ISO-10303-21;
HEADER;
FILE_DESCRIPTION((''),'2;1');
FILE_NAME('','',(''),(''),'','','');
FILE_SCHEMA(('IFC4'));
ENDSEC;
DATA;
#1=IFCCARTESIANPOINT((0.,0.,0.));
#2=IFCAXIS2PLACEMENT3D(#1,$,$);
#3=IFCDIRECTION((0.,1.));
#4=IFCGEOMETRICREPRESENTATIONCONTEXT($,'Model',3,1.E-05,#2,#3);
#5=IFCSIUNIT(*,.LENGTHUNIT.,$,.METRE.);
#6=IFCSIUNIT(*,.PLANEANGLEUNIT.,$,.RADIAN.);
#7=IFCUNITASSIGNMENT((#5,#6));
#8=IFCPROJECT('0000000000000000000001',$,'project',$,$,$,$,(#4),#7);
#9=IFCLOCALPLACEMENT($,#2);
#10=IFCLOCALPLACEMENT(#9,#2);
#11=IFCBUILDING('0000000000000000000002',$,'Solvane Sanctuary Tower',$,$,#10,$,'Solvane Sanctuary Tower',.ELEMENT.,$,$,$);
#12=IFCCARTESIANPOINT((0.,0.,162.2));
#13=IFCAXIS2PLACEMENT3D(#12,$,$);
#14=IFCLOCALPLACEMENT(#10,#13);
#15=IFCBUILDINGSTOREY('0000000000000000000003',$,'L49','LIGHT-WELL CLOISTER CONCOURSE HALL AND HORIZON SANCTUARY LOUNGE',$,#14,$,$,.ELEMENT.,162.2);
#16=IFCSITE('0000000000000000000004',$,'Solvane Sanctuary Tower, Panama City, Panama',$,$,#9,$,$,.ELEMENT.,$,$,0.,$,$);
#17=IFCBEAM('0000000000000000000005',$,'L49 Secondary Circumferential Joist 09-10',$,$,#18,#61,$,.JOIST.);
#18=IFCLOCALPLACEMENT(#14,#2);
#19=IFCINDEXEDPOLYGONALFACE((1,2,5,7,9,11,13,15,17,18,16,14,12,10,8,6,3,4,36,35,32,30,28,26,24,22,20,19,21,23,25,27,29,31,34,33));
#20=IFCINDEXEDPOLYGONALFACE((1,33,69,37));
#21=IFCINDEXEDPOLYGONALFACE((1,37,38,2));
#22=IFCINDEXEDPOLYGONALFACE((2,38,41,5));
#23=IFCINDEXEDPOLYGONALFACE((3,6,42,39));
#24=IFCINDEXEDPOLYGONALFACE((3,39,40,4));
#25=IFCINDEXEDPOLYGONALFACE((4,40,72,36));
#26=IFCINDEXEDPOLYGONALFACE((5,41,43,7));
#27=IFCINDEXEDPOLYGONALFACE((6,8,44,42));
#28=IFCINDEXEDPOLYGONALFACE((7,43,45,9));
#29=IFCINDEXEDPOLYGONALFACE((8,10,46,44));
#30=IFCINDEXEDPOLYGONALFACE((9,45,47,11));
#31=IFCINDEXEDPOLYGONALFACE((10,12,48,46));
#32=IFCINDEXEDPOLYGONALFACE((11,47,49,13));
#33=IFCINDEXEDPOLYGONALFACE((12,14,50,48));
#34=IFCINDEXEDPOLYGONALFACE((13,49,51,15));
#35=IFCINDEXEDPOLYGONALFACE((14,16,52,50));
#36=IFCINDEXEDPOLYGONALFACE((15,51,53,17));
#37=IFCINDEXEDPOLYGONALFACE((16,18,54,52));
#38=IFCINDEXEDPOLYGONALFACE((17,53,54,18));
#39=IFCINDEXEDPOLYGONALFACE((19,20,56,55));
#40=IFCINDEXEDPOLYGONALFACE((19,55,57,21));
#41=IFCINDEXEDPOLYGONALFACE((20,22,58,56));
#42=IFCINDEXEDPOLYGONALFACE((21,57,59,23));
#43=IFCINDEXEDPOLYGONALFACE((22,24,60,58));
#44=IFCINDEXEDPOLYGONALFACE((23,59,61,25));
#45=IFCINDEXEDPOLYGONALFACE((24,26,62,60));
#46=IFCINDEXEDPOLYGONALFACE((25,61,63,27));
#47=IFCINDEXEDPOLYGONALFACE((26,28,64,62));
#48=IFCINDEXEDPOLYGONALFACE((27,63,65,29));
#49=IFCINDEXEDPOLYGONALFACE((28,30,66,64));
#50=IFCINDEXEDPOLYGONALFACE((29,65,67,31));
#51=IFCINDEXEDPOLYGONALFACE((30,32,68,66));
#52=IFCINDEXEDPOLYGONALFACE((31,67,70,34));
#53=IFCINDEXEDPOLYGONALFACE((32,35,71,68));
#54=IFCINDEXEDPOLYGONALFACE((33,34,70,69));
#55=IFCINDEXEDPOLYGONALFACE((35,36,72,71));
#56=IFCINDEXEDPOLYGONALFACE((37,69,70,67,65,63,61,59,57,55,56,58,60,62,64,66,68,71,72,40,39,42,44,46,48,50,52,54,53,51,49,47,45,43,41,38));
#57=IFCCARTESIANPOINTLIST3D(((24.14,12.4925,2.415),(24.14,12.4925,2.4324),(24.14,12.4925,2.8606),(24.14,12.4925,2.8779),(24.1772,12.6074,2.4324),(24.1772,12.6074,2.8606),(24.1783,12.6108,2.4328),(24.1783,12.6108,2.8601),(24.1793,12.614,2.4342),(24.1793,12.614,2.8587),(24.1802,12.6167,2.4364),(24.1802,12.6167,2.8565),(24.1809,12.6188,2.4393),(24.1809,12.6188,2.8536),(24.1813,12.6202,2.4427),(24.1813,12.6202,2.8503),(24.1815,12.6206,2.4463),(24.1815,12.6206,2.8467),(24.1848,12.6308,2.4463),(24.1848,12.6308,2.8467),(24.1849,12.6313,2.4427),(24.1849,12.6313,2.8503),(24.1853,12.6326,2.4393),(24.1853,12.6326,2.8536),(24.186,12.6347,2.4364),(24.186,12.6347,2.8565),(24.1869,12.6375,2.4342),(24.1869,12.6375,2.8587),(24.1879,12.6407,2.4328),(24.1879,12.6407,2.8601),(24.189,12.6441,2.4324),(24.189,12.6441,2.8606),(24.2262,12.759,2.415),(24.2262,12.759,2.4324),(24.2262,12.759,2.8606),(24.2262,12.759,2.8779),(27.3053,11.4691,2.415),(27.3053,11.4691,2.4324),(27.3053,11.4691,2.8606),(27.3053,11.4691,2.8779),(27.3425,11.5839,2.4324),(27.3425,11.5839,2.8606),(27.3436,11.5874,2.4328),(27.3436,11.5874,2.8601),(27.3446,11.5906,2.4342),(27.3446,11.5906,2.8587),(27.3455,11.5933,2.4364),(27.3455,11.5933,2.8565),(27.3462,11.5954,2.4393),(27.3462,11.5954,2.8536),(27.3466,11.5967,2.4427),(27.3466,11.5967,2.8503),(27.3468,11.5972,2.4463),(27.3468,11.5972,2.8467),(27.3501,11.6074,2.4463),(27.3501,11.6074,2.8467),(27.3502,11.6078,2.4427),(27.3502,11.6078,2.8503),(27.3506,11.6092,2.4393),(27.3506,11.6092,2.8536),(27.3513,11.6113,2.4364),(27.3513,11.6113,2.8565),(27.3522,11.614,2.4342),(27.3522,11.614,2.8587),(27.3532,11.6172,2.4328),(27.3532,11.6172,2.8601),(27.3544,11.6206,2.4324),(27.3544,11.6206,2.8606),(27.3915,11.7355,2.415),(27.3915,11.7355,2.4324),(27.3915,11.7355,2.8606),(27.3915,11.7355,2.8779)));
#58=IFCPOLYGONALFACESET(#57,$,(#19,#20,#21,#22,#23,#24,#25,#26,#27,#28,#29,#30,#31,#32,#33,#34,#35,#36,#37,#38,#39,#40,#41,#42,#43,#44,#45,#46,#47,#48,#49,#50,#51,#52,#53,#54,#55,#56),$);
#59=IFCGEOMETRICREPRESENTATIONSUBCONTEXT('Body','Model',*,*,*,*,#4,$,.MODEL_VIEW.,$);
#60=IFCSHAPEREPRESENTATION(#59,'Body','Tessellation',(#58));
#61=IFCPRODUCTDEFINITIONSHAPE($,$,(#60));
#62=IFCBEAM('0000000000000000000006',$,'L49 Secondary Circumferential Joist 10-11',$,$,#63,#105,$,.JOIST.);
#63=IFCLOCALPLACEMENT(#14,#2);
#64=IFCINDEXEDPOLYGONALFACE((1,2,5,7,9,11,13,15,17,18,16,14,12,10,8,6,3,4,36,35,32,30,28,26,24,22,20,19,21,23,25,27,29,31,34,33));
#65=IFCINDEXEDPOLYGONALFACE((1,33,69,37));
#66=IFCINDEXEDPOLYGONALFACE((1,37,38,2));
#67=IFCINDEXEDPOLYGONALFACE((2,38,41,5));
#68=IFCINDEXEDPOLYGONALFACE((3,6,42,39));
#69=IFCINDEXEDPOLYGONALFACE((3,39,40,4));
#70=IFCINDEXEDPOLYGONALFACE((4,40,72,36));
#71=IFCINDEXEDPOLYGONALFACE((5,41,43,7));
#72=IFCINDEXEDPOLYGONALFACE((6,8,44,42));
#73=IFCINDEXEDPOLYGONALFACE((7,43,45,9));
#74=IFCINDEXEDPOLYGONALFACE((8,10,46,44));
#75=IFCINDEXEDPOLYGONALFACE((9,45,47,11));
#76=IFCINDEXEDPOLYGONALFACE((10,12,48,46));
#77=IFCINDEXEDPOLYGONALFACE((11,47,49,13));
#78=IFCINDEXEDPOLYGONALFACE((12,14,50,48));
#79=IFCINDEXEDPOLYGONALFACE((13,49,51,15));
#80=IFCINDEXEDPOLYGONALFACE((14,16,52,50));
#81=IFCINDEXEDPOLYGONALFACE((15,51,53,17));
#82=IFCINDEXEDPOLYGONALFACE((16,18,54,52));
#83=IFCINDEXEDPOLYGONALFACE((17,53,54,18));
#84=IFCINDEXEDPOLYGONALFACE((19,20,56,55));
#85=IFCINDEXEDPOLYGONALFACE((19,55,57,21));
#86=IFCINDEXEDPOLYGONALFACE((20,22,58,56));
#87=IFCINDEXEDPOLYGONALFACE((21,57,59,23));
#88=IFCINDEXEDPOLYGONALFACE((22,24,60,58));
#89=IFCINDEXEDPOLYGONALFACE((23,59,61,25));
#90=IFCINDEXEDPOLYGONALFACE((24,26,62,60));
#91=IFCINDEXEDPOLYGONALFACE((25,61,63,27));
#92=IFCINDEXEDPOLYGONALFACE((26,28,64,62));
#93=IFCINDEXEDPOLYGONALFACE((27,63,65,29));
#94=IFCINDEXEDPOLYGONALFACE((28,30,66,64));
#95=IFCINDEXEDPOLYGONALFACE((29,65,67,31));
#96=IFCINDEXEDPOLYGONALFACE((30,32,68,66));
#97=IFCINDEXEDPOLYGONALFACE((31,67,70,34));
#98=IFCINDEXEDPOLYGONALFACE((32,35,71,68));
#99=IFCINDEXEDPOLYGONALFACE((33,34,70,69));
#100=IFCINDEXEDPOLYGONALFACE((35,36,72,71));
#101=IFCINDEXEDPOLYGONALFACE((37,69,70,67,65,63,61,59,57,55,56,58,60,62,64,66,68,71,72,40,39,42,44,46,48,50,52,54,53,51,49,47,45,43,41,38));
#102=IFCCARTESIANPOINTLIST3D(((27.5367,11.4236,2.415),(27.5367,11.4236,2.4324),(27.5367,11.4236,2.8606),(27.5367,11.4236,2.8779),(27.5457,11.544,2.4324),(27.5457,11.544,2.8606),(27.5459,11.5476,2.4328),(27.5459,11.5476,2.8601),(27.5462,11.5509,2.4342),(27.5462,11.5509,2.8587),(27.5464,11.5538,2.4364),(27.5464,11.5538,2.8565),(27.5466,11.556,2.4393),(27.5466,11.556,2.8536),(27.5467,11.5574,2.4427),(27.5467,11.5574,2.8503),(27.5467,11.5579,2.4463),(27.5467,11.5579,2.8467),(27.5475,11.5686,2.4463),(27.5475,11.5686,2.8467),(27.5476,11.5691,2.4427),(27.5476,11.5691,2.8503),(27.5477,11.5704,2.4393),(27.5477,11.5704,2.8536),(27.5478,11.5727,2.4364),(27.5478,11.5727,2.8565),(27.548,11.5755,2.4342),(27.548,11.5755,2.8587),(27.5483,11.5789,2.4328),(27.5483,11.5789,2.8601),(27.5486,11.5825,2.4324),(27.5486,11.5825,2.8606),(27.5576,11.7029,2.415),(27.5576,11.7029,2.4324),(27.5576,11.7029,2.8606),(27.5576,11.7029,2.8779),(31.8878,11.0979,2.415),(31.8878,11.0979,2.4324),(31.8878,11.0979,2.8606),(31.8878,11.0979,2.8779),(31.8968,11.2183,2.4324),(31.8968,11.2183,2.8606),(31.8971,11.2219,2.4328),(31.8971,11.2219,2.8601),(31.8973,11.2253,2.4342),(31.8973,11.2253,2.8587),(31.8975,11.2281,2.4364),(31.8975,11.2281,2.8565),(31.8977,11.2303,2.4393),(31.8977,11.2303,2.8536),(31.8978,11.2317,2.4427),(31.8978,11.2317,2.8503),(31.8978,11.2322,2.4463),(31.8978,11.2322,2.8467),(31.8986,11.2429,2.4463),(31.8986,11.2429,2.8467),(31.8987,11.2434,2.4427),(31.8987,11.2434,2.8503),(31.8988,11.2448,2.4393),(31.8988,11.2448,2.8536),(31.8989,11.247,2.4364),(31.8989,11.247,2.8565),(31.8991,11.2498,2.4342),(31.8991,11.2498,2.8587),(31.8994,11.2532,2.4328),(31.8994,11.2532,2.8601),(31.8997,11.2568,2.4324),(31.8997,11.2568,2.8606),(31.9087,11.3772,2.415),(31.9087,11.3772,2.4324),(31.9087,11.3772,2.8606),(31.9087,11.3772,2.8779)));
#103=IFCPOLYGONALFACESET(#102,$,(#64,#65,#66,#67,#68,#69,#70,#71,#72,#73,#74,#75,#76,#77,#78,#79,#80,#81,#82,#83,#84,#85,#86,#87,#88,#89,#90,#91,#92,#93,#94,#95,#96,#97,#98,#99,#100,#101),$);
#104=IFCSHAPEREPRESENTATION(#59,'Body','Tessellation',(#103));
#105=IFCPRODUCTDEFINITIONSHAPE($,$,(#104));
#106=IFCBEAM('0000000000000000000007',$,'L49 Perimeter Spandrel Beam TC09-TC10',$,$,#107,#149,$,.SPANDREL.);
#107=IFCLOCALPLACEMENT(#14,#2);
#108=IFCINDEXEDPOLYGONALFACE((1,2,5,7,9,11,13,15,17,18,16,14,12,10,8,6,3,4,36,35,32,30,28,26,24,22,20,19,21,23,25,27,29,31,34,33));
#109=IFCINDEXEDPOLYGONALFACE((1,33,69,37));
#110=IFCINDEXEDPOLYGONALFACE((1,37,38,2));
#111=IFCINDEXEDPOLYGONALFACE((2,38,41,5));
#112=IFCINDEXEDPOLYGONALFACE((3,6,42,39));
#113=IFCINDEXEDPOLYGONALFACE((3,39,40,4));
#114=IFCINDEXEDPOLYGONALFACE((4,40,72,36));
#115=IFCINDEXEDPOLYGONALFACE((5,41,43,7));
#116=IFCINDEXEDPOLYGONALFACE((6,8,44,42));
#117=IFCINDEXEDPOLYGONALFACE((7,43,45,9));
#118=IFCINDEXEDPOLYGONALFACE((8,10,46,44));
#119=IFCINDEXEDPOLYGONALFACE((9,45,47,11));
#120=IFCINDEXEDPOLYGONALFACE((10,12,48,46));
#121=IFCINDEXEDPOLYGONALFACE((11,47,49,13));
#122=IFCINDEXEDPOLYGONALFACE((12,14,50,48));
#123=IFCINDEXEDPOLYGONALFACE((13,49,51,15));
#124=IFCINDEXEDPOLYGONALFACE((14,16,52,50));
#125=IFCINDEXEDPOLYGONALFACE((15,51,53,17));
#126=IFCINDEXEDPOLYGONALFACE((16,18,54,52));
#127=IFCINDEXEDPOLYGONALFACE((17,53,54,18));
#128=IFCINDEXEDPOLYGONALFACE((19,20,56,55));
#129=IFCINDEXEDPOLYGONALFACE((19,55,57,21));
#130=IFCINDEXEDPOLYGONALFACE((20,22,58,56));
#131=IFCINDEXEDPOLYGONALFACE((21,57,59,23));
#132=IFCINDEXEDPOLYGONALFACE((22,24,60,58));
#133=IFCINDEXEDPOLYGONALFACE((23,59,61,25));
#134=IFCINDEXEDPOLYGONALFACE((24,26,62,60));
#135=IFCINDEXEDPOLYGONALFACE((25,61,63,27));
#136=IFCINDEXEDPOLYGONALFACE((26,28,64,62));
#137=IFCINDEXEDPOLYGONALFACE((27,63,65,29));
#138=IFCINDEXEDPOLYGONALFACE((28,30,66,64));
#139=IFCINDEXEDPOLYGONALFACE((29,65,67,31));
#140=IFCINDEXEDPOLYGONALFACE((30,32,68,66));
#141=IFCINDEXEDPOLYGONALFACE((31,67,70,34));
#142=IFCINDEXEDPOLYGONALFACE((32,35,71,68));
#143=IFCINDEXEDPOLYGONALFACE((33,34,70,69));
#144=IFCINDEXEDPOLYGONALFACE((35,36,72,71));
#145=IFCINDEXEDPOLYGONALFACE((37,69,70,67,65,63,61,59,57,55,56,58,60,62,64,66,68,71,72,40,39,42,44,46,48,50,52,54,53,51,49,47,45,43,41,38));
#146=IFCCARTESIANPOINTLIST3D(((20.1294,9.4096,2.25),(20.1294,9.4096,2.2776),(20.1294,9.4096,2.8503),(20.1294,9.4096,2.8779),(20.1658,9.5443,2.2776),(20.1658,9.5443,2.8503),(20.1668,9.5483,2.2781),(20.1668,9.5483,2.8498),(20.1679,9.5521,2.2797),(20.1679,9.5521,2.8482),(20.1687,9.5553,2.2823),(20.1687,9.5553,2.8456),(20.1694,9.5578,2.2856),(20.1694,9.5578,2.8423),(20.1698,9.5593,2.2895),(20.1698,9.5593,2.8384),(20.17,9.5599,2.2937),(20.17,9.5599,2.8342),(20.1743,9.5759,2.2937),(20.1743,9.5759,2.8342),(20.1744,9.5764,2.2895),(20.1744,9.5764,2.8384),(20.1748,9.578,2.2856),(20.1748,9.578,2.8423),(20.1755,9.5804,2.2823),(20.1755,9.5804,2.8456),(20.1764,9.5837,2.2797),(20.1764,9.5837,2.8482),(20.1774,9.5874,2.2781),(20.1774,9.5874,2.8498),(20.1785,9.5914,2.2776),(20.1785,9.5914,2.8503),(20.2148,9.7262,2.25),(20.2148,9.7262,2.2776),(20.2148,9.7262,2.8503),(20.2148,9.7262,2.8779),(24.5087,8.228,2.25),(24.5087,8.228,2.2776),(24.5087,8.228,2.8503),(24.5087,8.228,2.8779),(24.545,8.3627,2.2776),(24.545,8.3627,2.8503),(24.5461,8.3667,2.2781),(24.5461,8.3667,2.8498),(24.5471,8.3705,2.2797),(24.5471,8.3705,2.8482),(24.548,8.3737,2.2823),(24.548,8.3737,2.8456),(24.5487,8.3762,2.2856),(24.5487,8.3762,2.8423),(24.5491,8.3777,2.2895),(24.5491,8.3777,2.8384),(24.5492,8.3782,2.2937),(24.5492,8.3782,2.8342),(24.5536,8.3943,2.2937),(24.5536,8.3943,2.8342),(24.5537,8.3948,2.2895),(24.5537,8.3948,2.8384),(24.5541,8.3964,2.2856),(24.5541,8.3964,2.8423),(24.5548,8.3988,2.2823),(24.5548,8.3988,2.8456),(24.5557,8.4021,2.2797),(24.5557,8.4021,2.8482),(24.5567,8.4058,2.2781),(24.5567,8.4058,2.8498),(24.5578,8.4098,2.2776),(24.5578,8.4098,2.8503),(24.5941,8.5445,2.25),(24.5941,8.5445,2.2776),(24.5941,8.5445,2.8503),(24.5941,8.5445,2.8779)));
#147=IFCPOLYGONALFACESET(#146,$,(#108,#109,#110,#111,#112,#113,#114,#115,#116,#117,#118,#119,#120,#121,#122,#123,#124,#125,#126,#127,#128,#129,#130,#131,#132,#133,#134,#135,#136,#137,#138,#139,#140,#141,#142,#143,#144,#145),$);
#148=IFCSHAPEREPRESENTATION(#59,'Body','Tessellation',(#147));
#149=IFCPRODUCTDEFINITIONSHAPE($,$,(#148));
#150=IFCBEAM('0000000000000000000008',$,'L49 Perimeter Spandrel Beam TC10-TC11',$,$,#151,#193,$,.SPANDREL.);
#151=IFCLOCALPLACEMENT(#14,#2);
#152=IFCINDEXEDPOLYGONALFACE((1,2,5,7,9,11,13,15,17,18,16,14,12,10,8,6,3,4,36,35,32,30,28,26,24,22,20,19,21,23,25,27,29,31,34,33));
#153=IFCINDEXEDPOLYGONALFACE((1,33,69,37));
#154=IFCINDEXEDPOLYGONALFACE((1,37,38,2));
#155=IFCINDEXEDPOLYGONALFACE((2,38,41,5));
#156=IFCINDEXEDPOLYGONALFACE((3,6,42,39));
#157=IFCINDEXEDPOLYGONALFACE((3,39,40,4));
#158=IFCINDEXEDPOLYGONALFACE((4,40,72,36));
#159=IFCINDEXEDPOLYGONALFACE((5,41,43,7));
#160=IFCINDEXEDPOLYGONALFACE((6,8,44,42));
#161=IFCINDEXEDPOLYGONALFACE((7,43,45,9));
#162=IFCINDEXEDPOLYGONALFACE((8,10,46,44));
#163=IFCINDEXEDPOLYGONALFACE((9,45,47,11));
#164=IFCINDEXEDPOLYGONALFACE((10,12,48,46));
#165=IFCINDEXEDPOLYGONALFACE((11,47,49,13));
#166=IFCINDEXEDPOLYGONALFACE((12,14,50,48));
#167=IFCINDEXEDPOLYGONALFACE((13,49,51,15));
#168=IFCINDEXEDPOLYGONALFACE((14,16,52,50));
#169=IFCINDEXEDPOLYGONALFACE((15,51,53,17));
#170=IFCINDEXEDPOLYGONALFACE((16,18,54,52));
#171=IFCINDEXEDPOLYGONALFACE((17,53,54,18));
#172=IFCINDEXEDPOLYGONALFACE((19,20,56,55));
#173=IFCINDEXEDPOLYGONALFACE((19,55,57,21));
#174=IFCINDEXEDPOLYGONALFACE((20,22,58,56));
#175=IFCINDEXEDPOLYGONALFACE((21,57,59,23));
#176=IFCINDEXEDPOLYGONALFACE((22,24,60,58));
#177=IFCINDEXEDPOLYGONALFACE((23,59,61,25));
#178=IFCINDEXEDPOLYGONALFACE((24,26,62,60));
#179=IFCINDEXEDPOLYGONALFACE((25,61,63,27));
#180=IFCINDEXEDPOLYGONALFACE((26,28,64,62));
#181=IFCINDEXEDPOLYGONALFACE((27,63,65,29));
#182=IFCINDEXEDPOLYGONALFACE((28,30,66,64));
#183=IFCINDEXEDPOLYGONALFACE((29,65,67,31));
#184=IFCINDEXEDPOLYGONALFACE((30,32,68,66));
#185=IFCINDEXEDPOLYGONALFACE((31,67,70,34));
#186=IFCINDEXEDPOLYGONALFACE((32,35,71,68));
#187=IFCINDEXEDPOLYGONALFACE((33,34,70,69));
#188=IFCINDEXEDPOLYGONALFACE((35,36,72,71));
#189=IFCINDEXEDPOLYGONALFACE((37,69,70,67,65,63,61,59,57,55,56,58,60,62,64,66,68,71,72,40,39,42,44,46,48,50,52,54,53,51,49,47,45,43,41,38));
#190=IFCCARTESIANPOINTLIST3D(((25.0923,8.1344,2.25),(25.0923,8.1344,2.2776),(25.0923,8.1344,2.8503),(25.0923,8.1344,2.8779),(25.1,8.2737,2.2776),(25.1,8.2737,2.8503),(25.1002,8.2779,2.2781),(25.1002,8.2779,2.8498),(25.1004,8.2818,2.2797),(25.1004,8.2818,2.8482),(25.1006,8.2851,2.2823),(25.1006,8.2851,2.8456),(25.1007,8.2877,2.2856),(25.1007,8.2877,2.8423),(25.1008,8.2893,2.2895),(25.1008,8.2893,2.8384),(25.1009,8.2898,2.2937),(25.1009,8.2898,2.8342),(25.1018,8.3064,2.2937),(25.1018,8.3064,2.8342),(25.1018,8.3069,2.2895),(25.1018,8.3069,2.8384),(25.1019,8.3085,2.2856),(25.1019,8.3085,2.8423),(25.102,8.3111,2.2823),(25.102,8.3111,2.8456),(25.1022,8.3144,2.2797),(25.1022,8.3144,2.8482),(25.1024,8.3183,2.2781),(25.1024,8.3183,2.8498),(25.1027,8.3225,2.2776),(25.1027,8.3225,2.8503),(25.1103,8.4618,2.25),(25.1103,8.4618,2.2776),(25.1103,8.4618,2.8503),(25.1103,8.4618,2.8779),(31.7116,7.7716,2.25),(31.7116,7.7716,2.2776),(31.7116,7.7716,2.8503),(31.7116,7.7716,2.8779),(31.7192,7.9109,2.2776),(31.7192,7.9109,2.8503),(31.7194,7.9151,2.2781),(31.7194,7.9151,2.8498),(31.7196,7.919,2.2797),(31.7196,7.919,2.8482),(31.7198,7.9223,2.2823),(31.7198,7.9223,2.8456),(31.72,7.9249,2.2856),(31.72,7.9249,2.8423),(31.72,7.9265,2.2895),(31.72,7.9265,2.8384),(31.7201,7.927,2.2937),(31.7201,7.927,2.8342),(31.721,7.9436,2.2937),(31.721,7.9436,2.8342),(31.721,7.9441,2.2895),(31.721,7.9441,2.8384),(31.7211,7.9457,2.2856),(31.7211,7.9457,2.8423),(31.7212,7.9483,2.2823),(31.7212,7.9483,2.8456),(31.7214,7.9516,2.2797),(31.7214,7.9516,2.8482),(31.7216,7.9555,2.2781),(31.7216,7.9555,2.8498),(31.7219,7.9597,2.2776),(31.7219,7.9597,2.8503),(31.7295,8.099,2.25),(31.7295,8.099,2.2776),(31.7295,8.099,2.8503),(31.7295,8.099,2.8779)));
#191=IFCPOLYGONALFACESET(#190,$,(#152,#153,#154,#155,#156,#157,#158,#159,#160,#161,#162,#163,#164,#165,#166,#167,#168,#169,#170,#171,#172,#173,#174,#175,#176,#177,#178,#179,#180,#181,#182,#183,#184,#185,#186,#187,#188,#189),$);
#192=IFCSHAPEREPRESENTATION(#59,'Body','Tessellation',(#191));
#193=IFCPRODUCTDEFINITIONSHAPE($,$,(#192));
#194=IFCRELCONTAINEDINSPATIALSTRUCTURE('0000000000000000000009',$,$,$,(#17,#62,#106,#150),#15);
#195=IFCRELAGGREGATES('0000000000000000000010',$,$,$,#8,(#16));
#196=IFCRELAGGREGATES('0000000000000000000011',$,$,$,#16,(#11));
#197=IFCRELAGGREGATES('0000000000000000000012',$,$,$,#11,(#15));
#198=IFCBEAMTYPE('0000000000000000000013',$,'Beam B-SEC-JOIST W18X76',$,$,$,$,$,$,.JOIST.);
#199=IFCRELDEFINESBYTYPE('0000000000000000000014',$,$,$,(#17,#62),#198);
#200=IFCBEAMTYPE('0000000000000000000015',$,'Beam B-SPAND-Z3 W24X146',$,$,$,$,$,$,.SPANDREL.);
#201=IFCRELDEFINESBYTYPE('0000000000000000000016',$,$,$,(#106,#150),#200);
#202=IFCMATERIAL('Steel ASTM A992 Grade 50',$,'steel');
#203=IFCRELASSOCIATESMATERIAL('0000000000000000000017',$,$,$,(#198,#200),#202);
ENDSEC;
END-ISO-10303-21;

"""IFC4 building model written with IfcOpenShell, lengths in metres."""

from ifc_helpers import new_model, si_unit, direction, frame, origin, origin_2d, place, context, subcontext, project, spatial, i_section, extrude, material, material_profile, profile_set, type_object, element, save


model = new_model("IFC4")

# Units and contexts
model_context = context("Model", 3, precision=1e-05, world=origin(), true_north=direction((0.0, 1.0)))
body_context = subcontext(model_context, "Body", "Model", "MODEL_VIEW")
ifc_project = project(units=[si_unit("LENGTHUNIT", "METRE"), si_unit("PLANEANGLEUNIT", "RADIAN")], contexts=[model_context])

# Site, building, storey
site_placement = place(None, origin())
site = spatial("IfcSite", under=ifc_project, at=site_placement, Name="Solvane Sanctuary Tower, Panama City, Panama", CompositionType="ELEMENT", RefElevation=0.0)
building_placement = place(site_placement, origin())
building = spatial("IfcBuilding", under=site, at=building_placement, Name="Solvane Sanctuary Tower", LongName="Solvane Sanctuary Tower", CompositionType="ELEMENT")
storey_placement = place(building_placement, frame((0.0, 0.0, 162.2)))
storey = spatial("IfcBuildingStorey", under=building, at=storey_placement, Name="L49", Description="LIGHT-WELL CLOISTER CONCOURSE HALL AND HORIZON SANCTUARY LOUNGE", CompositionType="ELEMENT", Elevation=162.2)

# Beams
ifc_material_1 = material(Name="Steel ASTM A992 Grade 50", Category="steel")
ifc_material_profile_1 = material_profile(ifc_material_1, i_section(OverallWidth=0.28, OverallDepth=0.4629, WebThickness=0.0107, FlangeThickness=0.0173, FilletRadius=0.0139, at=origin_2d()), Name="W18X76")
ifc_profile_set_1 = profile_set([ifc_material_profile_1], Name="Steel ASTM A992 Grade 50")
beam_type_1 = type_object("IfcBeamType", Name="Beam B-SEC-JOIST W18X76", PredefinedType="JOIST", material=ifc_profile_set_1)
beam_1_placement = place(storey_placement, frame((24.1831, 12.6257, 2.6465), z_axis=(0.9515, -0.30765, 0.0), x_axis=(0.30765, 0.9515, 0.0)))
element("IfcBeam", 1, at=beam_1_placement, inside=storey, type_object=beam_type_1, Name="L49 Secondary Circumferential Joist 09-10", PredefinedType="JOIST", context=body_context, shape_type="SweptSolid", body=[
    extrude(i_section(OverallWidth=0.28, OverallDepth=0.4629, WebThickness=0.0107, FlangeThickness=0.0173, FilletRadius=0.0139, at=origin_2d()), origin(), (0.0, 0.0, 1.0), 3.3267),
])
beam_2_placement = place(storey_placement, frame((27.5471, 11.5632, 2.6465), z_axis=(0.99721, -0.074642, 0.0), x_axis=(0.074642, 0.99721, 0.0)))
element("IfcBeam", 2, at=beam_2_placement, inside=storey, type_object=beam_type_1, Name="L49 Secondary Circumferential Joist 10-11", PredefinedType="JOIST", context=body_context, shape_type="SweptSolid", body=[
    extrude(i_section(OverallWidth=0.28, OverallDepth=0.4629, WebThickness=0.0107, FlangeThickness=0.0173, FilletRadius=0.0139, at=origin_2d()), origin(), (0.0, 0.0, 1.0), 4.3633),
])
ifc_material_profile_2 = material_profile(ifc_material_1, i_section(OverallWidth=0.3279, OverallDepth=0.6279, WebThickness=0.0166, FlangeThickness=0.0276, FilletRadius=0.0161, at=origin_2d()), Name="W24X146")
ifc_profile_set_2 = profile_set([ifc_material_profile_2], Name="Steel ASTM A992 Grade 50")
beam_type_2 = type_object("IfcBeamType", Name="Beam B-SPAND-Z3 W24X146", PredefinedType="SPANDREL", material=ifc_profile_set_2)
beam_3_placement = place(storey_placement, frame((20.1721, 9.5679, 2.564), z_axis=(0.965473, -0.260502, 0.0), x_axis=(0.260502, 0.965473, 0.0)))
element("IfcBeam", 3, at=beam_3_placement, inside=storey, type_object=beam_type_2, Name="L49 Perimeter Spandrel Beam TC09-TC10", PredefinedType="SPANDREL", context=body_context, shape_type="SweptSolid", body=[
    extrude(i_section(OverallWidth=0.3279, OverallDepth=0.6279, WebThickness=0.0166, FlangeThickness=0.0276, FilletRadius=0.0161, at=origin_2d()), origin(), (0.0, 0.0, 1.0), 4.5359),
])
beam_4_placement = place(storey_placement, frame((25.1013, 8.2981, 2.564), z_axis=(0.998501, -0.054728, 0.0), x_axis=(0.054728, 0.998501, 0.0)))
element("IfcBeam", 4, at=beam_4_placement, inside=storey, type_object=beam_type_2, Name="L49 Perimeter Spandrel Beam TC10-TC11", PredefinedType="SPANDREL", context=body_context, shape_type="SweptSolid", body=[
    extrude(i_section(OverallWidth=0.3279, OverallDepth=0.6279, WebThickness=0.0166, FlangeThickness=0.0276, FilletRadius=0.0161, at=origin_2d()), origin(), (0.0, 0.0, 1.0), 6.6292),
])

save(model, "model.ifc")
